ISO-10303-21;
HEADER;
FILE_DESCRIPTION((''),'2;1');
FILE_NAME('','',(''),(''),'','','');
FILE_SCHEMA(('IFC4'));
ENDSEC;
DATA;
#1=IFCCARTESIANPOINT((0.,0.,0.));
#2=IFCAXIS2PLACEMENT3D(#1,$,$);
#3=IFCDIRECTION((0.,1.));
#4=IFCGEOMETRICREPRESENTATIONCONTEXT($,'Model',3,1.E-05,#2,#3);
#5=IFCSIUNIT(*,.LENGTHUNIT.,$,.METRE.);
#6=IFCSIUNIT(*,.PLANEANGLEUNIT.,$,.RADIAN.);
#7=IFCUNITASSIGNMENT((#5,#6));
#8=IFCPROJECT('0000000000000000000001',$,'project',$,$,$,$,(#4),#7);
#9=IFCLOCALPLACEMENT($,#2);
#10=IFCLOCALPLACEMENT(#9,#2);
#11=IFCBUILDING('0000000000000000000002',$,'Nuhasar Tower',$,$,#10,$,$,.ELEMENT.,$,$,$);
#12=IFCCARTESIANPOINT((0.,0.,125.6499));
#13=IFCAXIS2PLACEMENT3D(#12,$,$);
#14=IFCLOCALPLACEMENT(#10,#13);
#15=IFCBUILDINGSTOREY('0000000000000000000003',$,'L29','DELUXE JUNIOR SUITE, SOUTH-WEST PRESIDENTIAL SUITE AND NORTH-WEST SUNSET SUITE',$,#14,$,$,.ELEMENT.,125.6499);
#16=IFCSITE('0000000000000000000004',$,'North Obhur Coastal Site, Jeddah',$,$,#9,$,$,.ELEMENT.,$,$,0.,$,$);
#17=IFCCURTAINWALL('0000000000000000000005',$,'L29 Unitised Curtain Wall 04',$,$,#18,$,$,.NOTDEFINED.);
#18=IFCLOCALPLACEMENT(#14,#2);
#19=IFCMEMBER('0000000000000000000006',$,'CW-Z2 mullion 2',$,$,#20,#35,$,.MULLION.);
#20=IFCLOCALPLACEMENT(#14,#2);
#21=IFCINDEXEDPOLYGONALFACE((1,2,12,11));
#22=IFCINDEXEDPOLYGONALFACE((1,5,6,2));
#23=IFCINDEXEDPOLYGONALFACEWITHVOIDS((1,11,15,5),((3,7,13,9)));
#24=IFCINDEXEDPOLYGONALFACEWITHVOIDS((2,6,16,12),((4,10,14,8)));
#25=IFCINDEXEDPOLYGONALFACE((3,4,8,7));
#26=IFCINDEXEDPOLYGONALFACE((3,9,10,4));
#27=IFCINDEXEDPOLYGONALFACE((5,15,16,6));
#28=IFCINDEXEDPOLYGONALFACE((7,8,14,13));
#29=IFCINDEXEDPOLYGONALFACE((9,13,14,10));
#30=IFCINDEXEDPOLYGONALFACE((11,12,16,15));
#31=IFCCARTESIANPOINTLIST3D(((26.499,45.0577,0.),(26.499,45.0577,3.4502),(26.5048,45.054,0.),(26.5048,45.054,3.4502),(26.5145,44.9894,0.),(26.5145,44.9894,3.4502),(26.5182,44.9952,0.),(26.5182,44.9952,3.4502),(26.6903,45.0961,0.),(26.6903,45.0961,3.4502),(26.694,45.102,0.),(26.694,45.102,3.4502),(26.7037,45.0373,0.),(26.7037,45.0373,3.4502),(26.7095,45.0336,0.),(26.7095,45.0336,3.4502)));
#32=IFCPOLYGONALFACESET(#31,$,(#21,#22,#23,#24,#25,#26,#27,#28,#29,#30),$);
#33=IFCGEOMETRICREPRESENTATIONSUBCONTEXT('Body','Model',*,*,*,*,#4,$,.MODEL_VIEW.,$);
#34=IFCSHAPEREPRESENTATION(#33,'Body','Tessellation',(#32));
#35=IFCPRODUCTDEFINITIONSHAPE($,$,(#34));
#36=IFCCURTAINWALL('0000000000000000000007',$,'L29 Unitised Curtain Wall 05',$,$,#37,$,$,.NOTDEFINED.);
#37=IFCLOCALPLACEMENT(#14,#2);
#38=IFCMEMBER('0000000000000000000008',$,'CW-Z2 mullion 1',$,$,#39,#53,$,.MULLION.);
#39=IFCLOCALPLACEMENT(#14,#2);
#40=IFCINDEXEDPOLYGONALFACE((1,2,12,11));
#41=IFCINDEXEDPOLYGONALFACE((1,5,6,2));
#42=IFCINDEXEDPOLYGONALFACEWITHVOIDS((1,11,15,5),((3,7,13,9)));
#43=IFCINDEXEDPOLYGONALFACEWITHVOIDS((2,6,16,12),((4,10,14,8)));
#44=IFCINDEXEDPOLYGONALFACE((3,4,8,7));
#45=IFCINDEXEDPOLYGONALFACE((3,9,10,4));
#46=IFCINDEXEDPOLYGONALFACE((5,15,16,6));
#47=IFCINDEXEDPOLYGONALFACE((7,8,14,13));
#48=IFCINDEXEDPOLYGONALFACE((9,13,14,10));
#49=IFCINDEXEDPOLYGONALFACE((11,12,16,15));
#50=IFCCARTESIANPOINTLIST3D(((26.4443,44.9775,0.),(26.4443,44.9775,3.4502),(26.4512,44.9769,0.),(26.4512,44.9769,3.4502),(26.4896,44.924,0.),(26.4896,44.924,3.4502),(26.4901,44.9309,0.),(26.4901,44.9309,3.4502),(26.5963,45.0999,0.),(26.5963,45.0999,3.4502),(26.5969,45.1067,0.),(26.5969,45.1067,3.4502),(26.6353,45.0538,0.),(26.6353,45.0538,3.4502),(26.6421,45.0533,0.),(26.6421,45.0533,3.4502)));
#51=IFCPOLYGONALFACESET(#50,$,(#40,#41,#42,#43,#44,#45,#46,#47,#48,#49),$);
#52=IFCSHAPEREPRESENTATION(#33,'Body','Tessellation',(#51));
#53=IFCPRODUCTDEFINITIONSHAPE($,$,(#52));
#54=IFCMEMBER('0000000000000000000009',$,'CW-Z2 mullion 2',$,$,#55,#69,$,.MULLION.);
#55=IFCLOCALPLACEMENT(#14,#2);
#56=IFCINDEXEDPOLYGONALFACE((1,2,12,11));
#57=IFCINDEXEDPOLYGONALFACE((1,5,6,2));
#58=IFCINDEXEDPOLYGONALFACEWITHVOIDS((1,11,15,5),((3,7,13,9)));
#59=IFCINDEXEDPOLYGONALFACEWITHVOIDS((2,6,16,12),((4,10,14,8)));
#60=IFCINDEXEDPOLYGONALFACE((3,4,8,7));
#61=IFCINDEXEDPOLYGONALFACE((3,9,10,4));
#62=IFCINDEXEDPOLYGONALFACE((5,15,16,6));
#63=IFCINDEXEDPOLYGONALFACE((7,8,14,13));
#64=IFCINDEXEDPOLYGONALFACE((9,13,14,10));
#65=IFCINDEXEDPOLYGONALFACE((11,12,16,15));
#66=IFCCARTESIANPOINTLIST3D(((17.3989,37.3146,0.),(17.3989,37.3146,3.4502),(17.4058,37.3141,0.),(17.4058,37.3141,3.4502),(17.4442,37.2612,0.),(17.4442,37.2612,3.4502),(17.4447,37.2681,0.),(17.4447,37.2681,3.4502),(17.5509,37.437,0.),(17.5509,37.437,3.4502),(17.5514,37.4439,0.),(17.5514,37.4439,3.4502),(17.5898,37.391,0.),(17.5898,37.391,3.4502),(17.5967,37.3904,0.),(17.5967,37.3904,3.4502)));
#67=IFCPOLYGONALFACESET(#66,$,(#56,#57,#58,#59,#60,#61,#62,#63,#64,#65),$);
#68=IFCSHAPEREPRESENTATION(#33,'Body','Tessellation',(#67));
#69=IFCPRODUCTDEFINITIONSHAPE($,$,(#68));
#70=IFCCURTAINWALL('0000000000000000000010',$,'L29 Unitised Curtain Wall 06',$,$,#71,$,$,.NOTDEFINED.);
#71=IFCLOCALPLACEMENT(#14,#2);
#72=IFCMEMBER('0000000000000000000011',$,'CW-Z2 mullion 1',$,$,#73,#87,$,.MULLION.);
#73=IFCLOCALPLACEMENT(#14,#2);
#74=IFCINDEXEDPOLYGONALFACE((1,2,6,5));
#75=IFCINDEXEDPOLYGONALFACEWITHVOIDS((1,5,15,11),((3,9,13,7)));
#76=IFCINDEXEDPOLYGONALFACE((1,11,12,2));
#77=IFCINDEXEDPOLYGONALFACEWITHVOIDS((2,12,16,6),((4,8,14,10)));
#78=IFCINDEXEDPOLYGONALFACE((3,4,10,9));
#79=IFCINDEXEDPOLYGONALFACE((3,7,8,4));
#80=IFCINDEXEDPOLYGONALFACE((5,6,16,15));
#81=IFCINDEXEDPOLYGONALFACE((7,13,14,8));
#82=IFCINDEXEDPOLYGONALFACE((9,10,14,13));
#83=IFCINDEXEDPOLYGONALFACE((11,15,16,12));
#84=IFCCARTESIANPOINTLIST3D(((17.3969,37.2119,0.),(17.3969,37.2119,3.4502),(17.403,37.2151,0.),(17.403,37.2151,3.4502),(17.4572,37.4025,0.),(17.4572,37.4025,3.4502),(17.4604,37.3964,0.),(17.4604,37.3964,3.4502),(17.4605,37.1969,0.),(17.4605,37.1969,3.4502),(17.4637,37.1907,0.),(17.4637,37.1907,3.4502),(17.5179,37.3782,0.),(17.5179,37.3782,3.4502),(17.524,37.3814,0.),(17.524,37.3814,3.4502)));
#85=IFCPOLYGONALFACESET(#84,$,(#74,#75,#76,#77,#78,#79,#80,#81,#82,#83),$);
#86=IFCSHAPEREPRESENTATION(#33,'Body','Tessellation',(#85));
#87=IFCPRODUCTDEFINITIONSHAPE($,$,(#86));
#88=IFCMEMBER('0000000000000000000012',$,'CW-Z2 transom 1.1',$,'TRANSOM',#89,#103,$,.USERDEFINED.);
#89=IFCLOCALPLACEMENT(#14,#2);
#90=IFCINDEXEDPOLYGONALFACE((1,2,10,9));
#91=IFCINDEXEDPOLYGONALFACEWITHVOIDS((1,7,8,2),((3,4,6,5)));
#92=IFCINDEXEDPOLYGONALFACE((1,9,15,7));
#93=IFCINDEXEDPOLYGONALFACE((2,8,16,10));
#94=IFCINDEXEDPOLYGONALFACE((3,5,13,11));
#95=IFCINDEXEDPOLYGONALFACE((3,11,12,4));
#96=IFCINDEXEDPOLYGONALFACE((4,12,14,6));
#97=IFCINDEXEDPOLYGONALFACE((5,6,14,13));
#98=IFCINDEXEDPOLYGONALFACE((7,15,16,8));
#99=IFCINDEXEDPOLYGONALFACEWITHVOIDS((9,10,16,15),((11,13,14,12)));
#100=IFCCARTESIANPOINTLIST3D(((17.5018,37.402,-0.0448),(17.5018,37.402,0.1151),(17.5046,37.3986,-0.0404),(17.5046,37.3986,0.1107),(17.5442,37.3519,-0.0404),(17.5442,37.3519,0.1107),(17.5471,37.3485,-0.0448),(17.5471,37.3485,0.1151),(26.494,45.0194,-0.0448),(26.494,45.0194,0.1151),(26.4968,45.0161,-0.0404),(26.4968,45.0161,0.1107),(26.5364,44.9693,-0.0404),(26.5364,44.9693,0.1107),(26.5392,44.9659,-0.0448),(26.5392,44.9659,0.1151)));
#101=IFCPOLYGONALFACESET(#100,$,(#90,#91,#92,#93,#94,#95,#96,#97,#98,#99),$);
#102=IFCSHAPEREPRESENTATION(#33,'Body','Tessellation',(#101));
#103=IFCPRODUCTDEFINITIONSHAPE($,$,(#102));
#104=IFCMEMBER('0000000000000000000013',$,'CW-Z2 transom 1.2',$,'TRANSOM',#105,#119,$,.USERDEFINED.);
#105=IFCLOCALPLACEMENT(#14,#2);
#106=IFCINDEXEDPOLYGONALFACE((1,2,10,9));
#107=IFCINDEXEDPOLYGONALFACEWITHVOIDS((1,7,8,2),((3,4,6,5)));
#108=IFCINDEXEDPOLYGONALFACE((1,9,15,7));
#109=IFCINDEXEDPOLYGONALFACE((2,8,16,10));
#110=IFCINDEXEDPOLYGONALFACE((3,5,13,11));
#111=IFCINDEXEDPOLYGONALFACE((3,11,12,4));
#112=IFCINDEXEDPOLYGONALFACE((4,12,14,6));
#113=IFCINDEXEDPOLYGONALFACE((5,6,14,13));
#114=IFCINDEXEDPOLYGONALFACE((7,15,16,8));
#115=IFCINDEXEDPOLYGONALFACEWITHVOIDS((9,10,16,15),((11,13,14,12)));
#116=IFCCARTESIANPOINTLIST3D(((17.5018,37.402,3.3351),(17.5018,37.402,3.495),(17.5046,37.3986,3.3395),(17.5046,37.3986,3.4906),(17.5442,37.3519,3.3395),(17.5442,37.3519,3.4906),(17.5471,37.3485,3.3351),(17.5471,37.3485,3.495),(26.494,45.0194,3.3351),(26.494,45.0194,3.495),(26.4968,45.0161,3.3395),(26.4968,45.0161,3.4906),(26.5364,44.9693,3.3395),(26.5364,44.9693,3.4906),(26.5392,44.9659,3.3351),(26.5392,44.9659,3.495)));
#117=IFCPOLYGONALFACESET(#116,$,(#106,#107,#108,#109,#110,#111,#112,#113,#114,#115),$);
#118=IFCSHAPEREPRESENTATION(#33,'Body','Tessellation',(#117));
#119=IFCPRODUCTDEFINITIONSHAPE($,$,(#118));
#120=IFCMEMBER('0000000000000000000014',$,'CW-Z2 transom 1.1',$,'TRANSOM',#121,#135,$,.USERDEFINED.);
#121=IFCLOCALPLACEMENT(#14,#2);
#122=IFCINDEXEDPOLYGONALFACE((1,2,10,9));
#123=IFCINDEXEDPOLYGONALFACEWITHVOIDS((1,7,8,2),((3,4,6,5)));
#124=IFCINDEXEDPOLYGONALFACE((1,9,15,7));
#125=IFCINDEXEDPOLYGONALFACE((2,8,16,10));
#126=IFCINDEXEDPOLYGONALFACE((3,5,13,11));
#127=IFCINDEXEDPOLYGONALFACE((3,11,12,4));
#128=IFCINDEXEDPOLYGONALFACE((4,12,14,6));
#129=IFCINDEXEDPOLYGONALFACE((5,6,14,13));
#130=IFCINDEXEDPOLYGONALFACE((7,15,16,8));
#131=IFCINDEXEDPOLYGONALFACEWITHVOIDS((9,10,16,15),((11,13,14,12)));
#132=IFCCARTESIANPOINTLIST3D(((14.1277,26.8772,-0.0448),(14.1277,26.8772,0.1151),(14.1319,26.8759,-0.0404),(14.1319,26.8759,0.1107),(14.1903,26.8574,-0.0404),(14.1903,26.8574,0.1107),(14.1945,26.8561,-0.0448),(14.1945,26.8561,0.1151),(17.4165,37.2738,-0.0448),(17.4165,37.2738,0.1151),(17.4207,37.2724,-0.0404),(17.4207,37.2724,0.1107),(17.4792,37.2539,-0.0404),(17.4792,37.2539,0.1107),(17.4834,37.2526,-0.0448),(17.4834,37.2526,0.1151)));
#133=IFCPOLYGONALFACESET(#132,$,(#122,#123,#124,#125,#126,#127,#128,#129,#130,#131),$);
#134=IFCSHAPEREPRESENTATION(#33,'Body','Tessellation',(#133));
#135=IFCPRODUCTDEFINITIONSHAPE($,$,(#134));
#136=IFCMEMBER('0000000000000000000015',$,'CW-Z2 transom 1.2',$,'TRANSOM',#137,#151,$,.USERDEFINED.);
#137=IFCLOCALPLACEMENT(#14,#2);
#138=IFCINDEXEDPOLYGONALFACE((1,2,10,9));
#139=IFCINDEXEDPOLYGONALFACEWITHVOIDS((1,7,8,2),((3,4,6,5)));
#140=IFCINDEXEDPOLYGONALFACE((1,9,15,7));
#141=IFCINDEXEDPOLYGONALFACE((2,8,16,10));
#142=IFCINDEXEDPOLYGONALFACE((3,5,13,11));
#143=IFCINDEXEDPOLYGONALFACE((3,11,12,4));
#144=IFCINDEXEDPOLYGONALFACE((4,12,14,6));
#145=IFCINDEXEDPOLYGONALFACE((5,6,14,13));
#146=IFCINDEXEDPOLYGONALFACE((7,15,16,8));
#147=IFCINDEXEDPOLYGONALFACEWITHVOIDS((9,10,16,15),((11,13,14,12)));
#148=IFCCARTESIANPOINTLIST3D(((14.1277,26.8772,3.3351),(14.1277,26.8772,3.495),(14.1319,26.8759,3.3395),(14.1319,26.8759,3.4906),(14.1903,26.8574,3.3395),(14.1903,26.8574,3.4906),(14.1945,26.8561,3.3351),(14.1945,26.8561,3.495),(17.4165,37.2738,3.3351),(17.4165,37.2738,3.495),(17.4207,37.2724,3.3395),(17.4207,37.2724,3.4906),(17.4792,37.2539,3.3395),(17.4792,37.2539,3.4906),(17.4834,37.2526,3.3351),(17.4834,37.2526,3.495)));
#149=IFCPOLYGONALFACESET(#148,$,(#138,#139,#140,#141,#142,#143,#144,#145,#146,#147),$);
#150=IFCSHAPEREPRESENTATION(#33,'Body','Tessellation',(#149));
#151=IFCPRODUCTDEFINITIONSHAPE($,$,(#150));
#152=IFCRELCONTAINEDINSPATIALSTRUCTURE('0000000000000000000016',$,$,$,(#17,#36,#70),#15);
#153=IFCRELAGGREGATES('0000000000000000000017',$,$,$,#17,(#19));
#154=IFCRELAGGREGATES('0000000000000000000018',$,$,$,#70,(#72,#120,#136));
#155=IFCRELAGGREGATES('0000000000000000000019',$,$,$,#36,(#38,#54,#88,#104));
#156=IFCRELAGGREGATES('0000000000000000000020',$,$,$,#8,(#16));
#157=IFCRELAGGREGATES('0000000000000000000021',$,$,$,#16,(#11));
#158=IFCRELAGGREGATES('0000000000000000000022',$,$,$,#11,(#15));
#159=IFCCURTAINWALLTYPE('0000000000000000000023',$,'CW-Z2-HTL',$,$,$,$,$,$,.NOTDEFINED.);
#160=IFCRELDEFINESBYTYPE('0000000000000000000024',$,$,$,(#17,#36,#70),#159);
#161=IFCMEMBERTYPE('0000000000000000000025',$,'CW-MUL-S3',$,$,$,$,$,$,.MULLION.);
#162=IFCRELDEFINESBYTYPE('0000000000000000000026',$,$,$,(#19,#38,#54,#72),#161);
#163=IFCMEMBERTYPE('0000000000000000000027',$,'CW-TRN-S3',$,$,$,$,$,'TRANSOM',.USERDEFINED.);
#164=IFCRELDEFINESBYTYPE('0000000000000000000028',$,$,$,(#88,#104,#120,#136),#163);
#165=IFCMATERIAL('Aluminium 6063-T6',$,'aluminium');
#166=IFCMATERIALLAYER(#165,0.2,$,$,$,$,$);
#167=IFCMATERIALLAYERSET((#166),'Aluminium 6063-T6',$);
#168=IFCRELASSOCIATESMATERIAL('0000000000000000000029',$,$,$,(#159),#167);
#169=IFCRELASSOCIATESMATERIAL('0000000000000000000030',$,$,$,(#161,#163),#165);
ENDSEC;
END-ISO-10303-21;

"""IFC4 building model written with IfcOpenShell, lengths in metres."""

from ifc_helpers import new_model, si_unit, direction, frame, origin, origin_2d, place, context, subcontext, project, spatial, hollow_rectangle, extrude, material, layer, layer_set, material_profile, profile_set, type_object, element, aggregate, save


model = new_model("IFC4")

# Units and contexts
model_context = context("Model", 3, precision=1e-05, world=origin(), true_north=direction((0.0, 1.0)))
body_context = subcontext(model_context, "Body", "Model", "MODEL_VIEW")
ifc_project = project(units=[si_unit("LENGTHUNIT", "METRE"), si_unit("PLANEANGLEUNIT", "RADIAN")], contexts=[model_context])

# Site, building, storey
site_placement = place(None, origin())
site = spatial("IfcSite", under=ifc_project, at=site_placement, Name="North Obhur Coastal Site, Jeddah", CompositionType="ELEMENT", RefElevation=0.0)
building_placement = place(site_placement, origin())
building = spatial("IfcBuilding", under=site, at=building_placement, Name="Nuhasar Tower", CompositionType="ELEMENT")
storey_placement = place(building_placement, frame((0.0, 0.0, 125.6499)))
storey = spatial("IfcBuildingStorey", under=building, at=storey_placement, Name="L29", Description="DELUXE JUNIOR SUITE, SOUTH-WEST PRESIDENTIAL SUITE AND NORTH-WEST SUNSET SUITE", CompositionType="ELEMENT", Elevation=125.6499)

# Curtain wall, member
ifc_material_1 = material(Name="Aluminium 6063-T6", Category="aluminium")
ifc_layer_1 = layer(ifc_material_1, 0.2)
ifc_layer_set_1 = layer_set([ifc_layer_1], Name="Aluminium 6063-T6")
curtain_wall_type = type_object("IfcCurtainWallType", Name="CW-Z2-HTL", PredefinedType="NOTDEFINED", material=ifc_layer_set_1)
curtain_wall_1_placement = place(storey_placement, origin())
curtain_wall_1 = element("IfcCurtainWall", 1, at=curtain_wall_1_placement, inside=storey, type_object=curtain_wall_type, Name="L29 Unitised Curtain Wall 04", PredefinedType="NOTDEFINED")
ifc_material_profile_1 = material_profile(ifc_material_1, hollow_rectangle(XDim=0.0701, YDim=0.2, WallThickness=0.0049, at=origin_2d()), Name="CWM-3")
ifc_profile_set_1 = profile_set([ifc_material_profile_1], Name="Aluminium 6063-T6")
member_type_1 = type_object("IfcMemberType", Name="CW-MUL-S3", PredefinedType="MULLION", material=ifc_profile_set_1)
member_1_placement = place(storey_placement, frame((26.6042, 45.0457, 0.0), z_axis=(0.0, 0.0, 1.0), x_axis=(0.221397, -0.975184, 0.0)))
member_1 = element("IfcMember", 2, at=member_1_placement, type_object=member_type_1, Name="CW-Z2 mullion 2", PredefinedType="MULLION", context=body_context, shape_type="SweptSolid", body=[
    extrude(hollow_rectangle(XDim=0.0701, YDim=0.2, WallThickness=0.0049, at=origin_2d()), origin(), (0.0, 0.0, 1.0), 3.4502),
])
aggregate(curtain_wall_1, [member_1])

# Curtain wall, members
curtain_wall_2_placement = place(storey_placement, origin())
curtain_wall_2 = element("IfcCurtainWall", 3, at=curtain_wall_2_placement, inside=storey, type_object=curtain_wall_type, Name="L29 Unitised Curtain Wall 05", PredefinedType="NOTDEFINED")
member_2_placement = place(storey_placement, frame((26.5432, 45.0154, 0.0), z_axis=(0.0, 0.0, 1.0), x_axis=(0.646374, -0.76302, 0.0)))
member_2 = element("IfcMember", 4, at=member_2_placement, type_object=member_type_1, Name="CW-Z2 mullion 1", PredefinedType="MULLION", context=body_context, shape_type="SweptSolid", body=[
    extrude(hollow_rectangle(XDim=0.0701, YDim=0.2, WallThickness=0.0049, at=origin_2d()), origin(), (0.0, 0.0, 1.0), 3.4502),
])
member_3_placement = place(storey_placement, frame((17.4978, 37.3525, 0.0), z_axis=(0.0, 0.0, 1.0), x_axis=(0.646374, -0.76302, 0.0)))
member_3 = element("IfcMember", 5, at=member_3_placement, type_object=member_type_1, Name="CW-Z2 mullion 2", PredefinedType="MULLION", context=body_context, shape_type="SweptSolid", body=[
    extrude(hollow_rectangle(XDim=0.0701, YDim=0.2, WallThickness=0.0049, at=origin_2d()), origin(), (0.0, 0.0, 1.0), 3.4502),
])

# Curtain wall, member
curtain_wall_3_placement = place(storey_placement, origin())
curtain_wall_3 = element("IfcCurtainWall", 6, at=curtain_wall_3_placement, inside=storey, type_object=curtain_wall_type, Name="L29 Unitised Curtain Wall 06", PredefinedType="NOTDEFINED")
member_4_placement = place(storey_placement, frame((17.4604, 37.2966, 0.0), z_axis=(0.0, 0.0, 1.0), x_axis=(0.953433, -0.301604, 0.0)))
member_4 = element("IfcMember", 7, at=member_4_placement, type_object=member_type_1, Name="CW-Z2 mullion 1", PredefinedType="MULLION", context=body_context, shape_type="SweptSolid", body=[
    extrude(hollow_rectangle(XDim=0.0701, YDim=0.2, WallThickness=0.0049, at=origin_2d()), origin(), (0.0, 0.0, 1.0), 3.4502),
])

# Members
ifc_material_profile_2 = material_profile(ifc_material_1, hollow_rectangle(XDim=0.0701, YDim=0.1599, WallThickness=0.0044, at=origin_2d()), Name="CWT-3")
ifc_profile_set_2 = profile_set([ifc_material_profile_2], Name="Aluminium 6063-T6")
member_type_2 = type_object("IfcMemberType", Name="CW-TRN-S3", ElementType="TRANSOM", PredefinedType="USERDEFINED", material=ifc_profile_set_2)
member_5_placement = place(storey_placement, frame((26.5166, 44.9927, 0.0352), z_axis=(-0.763024, -0.64637, 0.0), x_axis=(0.64637, -0.763024, 0.0)))
member_5 = element("IfcMember", 8, at=member_5_placement, type_object=member_type_2, Name="CW-Z2 transom 1.1", ObjectType="TRANSOM", PredefinedType="USERDEFINED", context=body_context, shape_type="SweptSolid", body=[
    extrude(hollow_rectangle(XDim=0.0701, YDim=0.1599, WallThickness=0.0044, at=origin_2d()), origin(), (0.0, 0.0, 1.0), 11.7849),
])
member_6_placement = place(storey_placement, frame((26.5166, 44.9927, 3.415), z_axis=(-0.763024, -0.64637, 0.0), x_axis=(0.64637, -0.763024, 0.0)))
member_6 = element("IfcMember", 9, at=member_6_placement, type_object=member_type_2, Name="CW-Z2 transom 1.2", ObjectType="TRANSOM", PredefinedType="USERDEFINED", context=body_context, shape_type="SweptSolid", body=[
    extrude(hollow_rectangle(XDim=0.0701, YDim=0.1599, WallThickness=0.0044, at=origin_2d()), origin(), (0.0, 0.0, 1.0), 11.7849),
])
member_7_placement = place(storey_placement, frame((17.45, 37.2632, 0.0352), z_axis=(-0.301608, -0.953432, 0.0), x_axis=(0.953432, -0.301608, 0.0)))
member_7 = element("IfcMember", 10, at=member_7_placement, type_object=member_type_2, Name="CW-Z2 transom 1.1", ObjectType="TRANSOM", PredefinedType="USERDEFINED", context=body_context, shape_type="SweptSolid", body=[
    extrude(hollow_rectangle(XDim=0.0701, YDim=0.1599, WallThickness=0.0044, at=origin_2d()), origin(), (0.0, 0.0, 1.0), 10.9043),
])
member_8_placement = place(storey_placement, frame((17.45, 37.2632, 3.415), z_axis=(-0.301608, -0.953432, 0.0), x_axis=(0.953432, -0.301608, 0.0)))
member_8 = element("IfcMember", 11, at=member_8_placement, type_object=member_type_2, Name="CW-Z2 transom 1.2", ObjectType="TRANSOM", PredefinedType="USERDEFINED", context=body_context, shape_type="SweptSolid", body=[
    extrude(hollow_rectangle(XDim=0.0701, YDim=0.1599, WallThickness=0.0044, at=origin_2d()), origin(), (0.0, 0.0, 1.0), 10.9043),
])
aggregate(curtain_wall_3, [member_4, member_7, member_8])

aggregate(curtain_wall_2, [member_2, member_3, member_5, member_6])

save(model, "model.ifc")
